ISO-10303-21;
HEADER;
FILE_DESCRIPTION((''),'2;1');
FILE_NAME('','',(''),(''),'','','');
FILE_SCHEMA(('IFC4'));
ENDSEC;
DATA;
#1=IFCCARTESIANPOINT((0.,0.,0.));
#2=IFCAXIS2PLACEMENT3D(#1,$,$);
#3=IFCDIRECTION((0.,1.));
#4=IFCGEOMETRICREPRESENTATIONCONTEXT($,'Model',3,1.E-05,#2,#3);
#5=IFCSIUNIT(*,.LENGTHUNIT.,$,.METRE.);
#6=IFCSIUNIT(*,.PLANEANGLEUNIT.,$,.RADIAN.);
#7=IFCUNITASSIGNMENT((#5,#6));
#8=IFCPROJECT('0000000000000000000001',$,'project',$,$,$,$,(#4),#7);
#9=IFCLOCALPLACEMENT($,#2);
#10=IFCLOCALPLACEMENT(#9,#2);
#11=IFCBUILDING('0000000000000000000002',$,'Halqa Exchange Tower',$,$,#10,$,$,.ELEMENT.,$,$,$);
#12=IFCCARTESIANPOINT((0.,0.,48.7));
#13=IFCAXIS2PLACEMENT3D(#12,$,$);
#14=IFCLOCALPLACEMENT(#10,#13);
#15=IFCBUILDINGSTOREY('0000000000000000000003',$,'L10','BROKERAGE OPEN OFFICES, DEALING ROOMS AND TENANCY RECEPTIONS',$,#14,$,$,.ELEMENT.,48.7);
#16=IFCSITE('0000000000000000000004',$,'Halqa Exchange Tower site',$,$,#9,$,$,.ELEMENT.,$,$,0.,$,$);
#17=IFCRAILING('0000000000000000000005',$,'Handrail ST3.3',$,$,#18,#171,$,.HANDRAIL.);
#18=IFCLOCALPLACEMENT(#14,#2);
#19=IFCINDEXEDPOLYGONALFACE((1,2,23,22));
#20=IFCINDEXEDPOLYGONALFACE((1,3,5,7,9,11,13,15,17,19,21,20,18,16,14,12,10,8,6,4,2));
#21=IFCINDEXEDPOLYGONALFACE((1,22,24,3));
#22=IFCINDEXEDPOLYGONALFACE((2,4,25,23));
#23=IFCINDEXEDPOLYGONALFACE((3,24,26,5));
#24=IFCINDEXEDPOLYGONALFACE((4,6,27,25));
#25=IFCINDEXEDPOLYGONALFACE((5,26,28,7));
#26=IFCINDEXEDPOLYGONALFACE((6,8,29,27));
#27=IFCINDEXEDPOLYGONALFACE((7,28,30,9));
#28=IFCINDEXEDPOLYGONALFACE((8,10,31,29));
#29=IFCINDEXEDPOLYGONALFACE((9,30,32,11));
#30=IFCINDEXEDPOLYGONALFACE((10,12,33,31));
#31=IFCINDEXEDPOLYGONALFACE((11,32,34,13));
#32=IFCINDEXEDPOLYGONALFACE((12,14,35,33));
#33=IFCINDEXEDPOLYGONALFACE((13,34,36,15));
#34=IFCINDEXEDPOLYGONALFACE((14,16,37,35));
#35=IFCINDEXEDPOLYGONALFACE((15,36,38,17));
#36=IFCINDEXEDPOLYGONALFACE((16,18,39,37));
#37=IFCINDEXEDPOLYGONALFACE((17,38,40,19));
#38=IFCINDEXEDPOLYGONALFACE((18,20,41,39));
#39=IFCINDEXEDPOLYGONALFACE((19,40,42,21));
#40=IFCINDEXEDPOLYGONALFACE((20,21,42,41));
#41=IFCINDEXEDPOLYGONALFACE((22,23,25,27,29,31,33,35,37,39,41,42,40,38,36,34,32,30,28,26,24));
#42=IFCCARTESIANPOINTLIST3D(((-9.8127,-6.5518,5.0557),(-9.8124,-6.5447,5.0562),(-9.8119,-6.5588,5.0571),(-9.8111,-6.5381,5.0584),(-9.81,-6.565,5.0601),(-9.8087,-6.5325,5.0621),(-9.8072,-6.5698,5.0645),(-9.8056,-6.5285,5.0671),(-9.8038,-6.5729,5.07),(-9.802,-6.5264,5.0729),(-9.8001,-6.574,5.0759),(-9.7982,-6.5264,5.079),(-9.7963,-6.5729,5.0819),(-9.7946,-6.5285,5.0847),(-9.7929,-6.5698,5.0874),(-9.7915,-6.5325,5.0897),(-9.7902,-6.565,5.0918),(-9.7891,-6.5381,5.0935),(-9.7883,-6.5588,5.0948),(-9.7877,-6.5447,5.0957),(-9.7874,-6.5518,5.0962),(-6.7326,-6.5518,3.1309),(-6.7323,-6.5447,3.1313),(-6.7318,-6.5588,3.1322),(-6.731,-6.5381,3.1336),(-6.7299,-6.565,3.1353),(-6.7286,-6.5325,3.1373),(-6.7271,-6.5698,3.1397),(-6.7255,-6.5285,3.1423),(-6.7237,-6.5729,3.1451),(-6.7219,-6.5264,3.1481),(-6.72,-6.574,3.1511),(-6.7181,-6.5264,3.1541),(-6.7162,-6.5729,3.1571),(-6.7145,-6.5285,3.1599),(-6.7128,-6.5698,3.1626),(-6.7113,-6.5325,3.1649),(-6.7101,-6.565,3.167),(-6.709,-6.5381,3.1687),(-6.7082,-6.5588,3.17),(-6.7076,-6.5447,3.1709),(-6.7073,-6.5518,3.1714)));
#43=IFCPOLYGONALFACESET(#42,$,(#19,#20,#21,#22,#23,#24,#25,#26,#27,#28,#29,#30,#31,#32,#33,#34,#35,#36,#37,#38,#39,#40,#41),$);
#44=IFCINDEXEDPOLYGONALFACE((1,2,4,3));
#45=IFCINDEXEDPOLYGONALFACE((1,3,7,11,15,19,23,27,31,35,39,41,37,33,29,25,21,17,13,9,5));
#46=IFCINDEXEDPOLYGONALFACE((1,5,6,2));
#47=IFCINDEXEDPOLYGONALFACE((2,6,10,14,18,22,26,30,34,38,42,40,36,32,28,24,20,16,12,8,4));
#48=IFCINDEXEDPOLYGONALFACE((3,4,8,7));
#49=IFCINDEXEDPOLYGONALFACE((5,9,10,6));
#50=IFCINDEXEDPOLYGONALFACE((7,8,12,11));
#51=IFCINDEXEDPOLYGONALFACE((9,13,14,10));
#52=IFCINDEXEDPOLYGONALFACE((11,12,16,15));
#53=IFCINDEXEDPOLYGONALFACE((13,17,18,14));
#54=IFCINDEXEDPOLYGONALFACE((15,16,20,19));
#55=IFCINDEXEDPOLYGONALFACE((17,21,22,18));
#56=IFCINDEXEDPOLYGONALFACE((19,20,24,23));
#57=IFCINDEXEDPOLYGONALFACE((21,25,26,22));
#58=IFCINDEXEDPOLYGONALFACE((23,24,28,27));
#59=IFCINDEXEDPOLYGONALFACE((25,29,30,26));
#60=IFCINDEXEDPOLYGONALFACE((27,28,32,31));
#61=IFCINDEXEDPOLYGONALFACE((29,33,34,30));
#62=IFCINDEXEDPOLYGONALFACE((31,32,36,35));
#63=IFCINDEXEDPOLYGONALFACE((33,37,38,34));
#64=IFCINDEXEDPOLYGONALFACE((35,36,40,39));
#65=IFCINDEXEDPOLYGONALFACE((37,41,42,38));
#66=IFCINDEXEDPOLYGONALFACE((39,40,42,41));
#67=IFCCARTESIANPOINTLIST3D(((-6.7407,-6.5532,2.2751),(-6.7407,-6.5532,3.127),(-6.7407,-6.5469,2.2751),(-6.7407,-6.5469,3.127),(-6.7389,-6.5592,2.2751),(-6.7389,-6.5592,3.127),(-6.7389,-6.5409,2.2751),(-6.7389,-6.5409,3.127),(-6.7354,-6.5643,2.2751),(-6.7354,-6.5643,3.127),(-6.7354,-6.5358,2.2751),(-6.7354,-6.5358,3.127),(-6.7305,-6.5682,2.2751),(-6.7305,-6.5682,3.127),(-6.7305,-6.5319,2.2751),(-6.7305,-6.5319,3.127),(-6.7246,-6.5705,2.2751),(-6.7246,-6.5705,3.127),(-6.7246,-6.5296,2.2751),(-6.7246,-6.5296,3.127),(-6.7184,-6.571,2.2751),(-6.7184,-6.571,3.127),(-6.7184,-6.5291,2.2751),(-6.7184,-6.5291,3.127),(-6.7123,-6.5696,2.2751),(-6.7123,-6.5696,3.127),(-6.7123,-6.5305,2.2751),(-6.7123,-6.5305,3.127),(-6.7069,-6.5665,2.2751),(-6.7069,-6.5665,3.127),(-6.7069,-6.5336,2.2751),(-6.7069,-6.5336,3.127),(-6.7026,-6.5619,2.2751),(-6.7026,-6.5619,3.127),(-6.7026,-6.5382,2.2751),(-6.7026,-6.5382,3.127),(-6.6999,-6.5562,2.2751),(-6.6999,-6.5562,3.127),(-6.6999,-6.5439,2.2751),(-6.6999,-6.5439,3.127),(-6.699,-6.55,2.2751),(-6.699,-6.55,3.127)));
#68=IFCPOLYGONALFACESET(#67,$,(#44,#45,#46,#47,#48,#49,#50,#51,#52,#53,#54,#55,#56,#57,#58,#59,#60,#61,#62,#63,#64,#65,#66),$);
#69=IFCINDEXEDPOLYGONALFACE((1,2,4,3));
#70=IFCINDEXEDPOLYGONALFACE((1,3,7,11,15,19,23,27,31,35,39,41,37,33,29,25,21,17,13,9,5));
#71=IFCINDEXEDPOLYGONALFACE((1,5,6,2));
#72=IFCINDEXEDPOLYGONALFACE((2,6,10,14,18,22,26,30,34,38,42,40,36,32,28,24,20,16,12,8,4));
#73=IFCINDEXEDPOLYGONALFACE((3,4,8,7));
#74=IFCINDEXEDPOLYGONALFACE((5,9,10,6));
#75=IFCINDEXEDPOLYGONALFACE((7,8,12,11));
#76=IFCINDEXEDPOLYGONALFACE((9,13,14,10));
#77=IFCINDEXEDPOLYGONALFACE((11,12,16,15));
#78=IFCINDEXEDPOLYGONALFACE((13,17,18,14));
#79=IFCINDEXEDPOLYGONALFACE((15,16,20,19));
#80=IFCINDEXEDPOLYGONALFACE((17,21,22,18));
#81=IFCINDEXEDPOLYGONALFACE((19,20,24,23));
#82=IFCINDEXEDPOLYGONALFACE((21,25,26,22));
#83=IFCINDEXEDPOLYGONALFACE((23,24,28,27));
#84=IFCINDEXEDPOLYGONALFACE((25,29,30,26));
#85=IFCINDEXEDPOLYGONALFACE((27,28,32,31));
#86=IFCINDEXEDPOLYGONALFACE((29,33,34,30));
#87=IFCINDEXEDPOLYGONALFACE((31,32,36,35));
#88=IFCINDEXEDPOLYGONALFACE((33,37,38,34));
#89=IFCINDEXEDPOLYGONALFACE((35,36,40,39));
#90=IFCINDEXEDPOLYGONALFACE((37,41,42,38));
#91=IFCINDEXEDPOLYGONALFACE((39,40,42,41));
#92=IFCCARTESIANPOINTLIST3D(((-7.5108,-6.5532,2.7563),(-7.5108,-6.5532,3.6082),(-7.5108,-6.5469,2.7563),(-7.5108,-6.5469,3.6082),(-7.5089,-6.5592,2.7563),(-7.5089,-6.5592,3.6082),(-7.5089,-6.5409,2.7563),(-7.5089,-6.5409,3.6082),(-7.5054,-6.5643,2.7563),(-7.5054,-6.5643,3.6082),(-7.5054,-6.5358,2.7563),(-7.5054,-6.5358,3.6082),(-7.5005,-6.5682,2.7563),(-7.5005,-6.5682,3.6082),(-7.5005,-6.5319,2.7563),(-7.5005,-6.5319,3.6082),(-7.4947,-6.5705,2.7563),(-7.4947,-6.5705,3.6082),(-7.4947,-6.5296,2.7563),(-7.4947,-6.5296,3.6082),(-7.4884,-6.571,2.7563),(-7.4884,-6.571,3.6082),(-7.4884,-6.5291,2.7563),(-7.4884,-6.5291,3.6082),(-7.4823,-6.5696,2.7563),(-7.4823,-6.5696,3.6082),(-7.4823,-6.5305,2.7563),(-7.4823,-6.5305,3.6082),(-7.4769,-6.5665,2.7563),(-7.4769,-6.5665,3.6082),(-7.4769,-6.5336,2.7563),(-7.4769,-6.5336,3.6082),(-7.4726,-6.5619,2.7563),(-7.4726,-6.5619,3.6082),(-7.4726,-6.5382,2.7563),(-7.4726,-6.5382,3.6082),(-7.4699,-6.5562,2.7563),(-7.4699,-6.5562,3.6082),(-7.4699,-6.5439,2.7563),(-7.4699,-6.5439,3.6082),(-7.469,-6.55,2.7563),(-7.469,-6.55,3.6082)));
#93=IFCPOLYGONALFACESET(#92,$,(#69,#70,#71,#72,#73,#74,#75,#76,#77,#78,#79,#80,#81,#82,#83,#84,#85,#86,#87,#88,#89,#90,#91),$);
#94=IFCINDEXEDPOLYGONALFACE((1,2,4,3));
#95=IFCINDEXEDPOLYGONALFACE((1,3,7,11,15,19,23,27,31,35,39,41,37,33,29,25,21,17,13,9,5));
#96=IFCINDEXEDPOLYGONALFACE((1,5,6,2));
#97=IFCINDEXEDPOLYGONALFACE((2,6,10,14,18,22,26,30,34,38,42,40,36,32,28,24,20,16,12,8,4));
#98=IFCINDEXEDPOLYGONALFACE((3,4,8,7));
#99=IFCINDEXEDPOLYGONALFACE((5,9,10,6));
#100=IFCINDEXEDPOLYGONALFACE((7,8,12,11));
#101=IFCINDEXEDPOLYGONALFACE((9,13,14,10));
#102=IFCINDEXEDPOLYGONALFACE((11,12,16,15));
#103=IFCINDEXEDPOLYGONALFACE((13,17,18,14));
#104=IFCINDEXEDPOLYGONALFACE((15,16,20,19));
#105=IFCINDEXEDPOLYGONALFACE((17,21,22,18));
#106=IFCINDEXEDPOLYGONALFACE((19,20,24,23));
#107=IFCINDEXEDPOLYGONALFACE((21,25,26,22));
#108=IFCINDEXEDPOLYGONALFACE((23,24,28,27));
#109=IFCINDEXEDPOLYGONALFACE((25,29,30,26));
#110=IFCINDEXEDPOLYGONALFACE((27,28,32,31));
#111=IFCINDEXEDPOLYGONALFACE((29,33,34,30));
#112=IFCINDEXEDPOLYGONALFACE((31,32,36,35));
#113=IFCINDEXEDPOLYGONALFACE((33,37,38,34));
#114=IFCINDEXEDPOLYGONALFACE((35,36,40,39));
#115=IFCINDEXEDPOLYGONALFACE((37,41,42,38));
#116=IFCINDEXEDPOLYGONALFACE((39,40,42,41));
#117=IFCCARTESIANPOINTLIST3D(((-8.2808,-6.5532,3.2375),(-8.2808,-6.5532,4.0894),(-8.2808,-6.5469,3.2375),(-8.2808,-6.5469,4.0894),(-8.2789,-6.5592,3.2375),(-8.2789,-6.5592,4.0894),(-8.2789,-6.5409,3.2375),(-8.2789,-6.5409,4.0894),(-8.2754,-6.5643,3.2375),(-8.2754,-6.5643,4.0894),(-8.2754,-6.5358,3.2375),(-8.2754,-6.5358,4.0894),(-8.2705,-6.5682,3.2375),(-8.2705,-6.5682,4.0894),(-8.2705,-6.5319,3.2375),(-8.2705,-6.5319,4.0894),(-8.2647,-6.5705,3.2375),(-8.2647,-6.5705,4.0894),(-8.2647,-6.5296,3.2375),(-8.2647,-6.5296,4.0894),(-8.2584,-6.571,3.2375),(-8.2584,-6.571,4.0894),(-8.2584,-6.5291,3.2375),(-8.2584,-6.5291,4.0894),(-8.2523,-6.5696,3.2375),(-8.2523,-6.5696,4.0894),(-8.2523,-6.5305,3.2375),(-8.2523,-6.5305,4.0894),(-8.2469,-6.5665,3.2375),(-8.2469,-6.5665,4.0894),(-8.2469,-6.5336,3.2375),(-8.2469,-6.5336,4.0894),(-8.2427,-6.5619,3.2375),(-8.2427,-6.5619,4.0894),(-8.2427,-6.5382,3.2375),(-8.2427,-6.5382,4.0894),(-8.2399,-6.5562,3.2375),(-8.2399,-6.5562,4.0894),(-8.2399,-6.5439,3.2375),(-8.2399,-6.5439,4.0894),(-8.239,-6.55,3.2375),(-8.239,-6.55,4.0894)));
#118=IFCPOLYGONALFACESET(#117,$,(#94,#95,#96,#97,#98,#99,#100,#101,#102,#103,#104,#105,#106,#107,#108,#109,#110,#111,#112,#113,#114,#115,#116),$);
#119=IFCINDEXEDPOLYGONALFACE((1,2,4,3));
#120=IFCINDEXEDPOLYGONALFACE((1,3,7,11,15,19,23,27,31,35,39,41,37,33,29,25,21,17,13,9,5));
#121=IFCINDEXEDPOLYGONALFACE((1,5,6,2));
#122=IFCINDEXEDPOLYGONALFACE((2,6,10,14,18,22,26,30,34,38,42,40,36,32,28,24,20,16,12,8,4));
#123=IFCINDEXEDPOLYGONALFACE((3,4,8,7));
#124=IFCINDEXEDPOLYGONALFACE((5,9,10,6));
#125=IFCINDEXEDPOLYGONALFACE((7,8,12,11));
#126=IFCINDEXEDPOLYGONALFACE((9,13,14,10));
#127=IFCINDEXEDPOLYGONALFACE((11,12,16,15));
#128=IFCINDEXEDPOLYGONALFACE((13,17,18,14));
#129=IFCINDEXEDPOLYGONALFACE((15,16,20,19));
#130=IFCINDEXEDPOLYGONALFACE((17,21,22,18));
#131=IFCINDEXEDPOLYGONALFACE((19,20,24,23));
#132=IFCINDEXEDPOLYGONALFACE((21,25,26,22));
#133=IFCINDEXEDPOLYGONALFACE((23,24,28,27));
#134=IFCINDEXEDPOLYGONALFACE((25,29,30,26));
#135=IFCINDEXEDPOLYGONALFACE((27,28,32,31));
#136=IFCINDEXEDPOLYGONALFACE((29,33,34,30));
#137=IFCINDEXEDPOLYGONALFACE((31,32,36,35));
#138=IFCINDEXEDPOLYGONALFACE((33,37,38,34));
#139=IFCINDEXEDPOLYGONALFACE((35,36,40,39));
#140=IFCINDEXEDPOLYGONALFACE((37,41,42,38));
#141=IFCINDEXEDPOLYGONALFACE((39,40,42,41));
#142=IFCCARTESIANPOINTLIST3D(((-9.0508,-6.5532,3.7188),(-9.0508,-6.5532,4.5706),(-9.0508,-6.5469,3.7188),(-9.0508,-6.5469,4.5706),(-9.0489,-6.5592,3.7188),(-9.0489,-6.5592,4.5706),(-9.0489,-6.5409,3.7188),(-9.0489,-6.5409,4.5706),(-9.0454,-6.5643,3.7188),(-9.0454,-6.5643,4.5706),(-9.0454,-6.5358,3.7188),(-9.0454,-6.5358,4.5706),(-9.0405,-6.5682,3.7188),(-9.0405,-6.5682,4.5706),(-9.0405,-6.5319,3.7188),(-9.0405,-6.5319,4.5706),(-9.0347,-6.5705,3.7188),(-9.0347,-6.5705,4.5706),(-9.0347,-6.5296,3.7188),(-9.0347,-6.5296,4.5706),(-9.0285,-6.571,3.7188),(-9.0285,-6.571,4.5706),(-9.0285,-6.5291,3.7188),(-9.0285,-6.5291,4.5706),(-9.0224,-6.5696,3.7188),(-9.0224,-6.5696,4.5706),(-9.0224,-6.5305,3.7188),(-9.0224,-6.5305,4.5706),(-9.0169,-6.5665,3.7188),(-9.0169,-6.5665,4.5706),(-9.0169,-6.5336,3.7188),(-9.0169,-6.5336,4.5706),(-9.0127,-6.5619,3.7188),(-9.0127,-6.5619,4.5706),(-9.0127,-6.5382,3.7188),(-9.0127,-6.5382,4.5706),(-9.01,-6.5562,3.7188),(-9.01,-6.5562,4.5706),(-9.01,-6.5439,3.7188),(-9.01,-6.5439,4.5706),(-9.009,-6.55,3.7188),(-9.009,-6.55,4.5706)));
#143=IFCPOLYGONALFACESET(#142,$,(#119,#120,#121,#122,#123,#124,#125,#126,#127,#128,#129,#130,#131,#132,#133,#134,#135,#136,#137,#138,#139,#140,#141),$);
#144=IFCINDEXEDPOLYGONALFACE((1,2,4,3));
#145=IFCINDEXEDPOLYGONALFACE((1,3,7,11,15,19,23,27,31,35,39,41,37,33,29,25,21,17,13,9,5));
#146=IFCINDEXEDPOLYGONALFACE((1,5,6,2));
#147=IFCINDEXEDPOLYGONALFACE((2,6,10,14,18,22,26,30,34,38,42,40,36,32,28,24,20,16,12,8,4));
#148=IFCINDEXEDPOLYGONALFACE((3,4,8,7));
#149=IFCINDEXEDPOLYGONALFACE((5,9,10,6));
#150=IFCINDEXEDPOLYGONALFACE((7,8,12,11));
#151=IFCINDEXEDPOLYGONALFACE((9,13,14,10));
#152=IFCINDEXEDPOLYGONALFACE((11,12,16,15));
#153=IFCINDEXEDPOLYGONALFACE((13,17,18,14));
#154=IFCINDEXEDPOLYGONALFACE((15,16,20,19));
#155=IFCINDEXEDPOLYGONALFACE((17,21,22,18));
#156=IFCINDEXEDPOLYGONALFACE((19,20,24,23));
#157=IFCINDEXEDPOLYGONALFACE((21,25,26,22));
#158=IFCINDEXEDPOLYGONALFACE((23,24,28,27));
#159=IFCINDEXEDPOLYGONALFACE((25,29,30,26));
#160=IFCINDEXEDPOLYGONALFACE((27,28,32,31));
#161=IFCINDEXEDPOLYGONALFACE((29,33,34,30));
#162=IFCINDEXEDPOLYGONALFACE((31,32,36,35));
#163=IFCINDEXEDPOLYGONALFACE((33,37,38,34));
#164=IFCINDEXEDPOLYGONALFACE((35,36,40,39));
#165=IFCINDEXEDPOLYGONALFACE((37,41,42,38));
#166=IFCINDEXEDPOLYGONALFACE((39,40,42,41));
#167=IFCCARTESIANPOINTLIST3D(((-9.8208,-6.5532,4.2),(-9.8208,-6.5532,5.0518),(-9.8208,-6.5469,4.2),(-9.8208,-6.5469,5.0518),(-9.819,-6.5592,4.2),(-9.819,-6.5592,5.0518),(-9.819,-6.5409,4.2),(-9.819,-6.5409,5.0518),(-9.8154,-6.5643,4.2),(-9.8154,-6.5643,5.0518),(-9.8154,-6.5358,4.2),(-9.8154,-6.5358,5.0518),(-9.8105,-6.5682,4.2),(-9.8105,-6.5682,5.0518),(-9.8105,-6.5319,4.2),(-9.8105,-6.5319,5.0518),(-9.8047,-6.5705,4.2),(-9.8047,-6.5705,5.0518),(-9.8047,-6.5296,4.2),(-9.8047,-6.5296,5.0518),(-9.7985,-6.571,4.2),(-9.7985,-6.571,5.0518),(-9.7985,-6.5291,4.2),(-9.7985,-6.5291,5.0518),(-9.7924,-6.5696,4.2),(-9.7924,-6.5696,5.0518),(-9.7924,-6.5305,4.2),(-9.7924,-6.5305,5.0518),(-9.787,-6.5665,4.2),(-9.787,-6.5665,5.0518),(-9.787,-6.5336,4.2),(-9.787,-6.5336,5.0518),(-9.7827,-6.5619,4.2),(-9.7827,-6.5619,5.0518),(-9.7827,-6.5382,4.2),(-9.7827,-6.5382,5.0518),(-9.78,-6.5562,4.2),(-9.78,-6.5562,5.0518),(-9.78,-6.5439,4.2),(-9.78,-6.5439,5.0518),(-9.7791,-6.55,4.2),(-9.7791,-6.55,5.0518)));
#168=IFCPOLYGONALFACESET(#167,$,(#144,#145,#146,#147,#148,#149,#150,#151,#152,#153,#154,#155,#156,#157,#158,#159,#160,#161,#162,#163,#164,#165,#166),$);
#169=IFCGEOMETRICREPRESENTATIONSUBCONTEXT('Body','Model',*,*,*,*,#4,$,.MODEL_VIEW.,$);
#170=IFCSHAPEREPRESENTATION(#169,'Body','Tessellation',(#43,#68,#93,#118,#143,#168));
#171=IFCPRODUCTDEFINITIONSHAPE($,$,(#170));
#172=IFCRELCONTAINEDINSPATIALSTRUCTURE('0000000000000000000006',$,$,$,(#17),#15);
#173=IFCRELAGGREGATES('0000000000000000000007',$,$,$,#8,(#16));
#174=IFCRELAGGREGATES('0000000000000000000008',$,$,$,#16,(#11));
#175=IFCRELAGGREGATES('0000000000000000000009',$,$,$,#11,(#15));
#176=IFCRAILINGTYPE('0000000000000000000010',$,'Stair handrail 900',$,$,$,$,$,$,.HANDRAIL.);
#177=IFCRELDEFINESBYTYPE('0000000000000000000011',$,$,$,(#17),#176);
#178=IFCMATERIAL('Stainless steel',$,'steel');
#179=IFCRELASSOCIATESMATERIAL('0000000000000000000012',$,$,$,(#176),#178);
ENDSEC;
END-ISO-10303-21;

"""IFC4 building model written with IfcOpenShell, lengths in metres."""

from ifc_helpers import new_model, si_unit, direction, frame, origin, origin_2d, place, context, subcontext, project, spatial, circle, extrude, material, type_object, element, save


model = new_model("IFC4")

# Units and contexts
model_context = context("Model", 3, precision=1e-05, world=origin(), true_north=direction((0.0, 1.0)))
body_context = subcontext(model_context, "Body", "Model", "MODEL_VIEW")
ifc_project = project(units=[si_unit("LENGTHUNIT", "METRE"), si_unit("PLANEANGLEUNIT", "RADIAN")], contexts=[model_context])

# Site, building, storey
site_placement = place(None, origin())
site = spatial("IfcSite", under=ifc_project, at=site_placement, Name="Halqa Exchange Tower site", CompositionType="ELEMENT", RefElevation=0.0)
building_placement = place(site_placement, origin())
building = spatial("IfcBuilding", under=site, at=building_placement, Name="Halqa Exchange Tower", CompositionType="ELEMENT")
storey_placement = place(building_placement, frame((0.0, 0.0, 48.7)))
storey = spatial("IfcBuildingStorey", under=building, at=storey_placement, Name="L10", Description="BROKERAGE OPEN OFFICES, DEALING ROOMS AND TENANCY RECEPTIONS", CompositionType="ELEMENT", Elevation=48.7)

# Shared definitions
ifc_material_1 = material(Name="Stainless steel", Category="steel")

# Railing
railing_type_1 = type_object("IfcRailingType", Name="Stair handrail 900", PredefinedType="HANDRAIL", material=ifc_material_1)
railing_1_placement = place(storey_placement, frame((-6.72, -6.55, 2.2751)))
element("IfcRailing", 1, at=railing_1_placement, inside=storey, type_object=railing_type_1, Name="Handrail ST3.3", PredefinedType="HANDRAIL", context=body_context, shape_type="SweptSolid", body=[
    extrude(circle(Radius=0.0239, at=origin_2d()), frame((0.0, 0.0, 0.876), z_axis=(-0.848029, 0.0, 0.529951), x_axis=(0.0, -1.0, 0.0)), (0.0, 0.0, 1.0), 3.6321),
    extrude(circle(Radius=0.021, at=origin_2d()), origin(), (0.0, 0.0, 1.0), 0.8518),
    extrude(circle(Radius=0.021, at=origin_2d()), frame((-0.77, 0.0, 0.4812)), (0.0, 0.0, 1.0), 0.8518),
    extrude(circle(Radius=0.021, at=origin_2d()), frame((-1.54, 0.0, 0.9624)), (0.0, 0.0, 1.0), 0.8518),
    extrude(circle(Radius=0.021, at=origin_2d()), frame((-2.3101, 0.0, 1.4436)), (0.0, 0.0, 1.0), 0.8518),
    extrude(circle(Radius=0.021, at=origin_2d()), frame((-3.0801, 0.0, 1.9248)), (0.0, 0.0, 1.0), 0.8518),
])

save(model, "model.ifc")
